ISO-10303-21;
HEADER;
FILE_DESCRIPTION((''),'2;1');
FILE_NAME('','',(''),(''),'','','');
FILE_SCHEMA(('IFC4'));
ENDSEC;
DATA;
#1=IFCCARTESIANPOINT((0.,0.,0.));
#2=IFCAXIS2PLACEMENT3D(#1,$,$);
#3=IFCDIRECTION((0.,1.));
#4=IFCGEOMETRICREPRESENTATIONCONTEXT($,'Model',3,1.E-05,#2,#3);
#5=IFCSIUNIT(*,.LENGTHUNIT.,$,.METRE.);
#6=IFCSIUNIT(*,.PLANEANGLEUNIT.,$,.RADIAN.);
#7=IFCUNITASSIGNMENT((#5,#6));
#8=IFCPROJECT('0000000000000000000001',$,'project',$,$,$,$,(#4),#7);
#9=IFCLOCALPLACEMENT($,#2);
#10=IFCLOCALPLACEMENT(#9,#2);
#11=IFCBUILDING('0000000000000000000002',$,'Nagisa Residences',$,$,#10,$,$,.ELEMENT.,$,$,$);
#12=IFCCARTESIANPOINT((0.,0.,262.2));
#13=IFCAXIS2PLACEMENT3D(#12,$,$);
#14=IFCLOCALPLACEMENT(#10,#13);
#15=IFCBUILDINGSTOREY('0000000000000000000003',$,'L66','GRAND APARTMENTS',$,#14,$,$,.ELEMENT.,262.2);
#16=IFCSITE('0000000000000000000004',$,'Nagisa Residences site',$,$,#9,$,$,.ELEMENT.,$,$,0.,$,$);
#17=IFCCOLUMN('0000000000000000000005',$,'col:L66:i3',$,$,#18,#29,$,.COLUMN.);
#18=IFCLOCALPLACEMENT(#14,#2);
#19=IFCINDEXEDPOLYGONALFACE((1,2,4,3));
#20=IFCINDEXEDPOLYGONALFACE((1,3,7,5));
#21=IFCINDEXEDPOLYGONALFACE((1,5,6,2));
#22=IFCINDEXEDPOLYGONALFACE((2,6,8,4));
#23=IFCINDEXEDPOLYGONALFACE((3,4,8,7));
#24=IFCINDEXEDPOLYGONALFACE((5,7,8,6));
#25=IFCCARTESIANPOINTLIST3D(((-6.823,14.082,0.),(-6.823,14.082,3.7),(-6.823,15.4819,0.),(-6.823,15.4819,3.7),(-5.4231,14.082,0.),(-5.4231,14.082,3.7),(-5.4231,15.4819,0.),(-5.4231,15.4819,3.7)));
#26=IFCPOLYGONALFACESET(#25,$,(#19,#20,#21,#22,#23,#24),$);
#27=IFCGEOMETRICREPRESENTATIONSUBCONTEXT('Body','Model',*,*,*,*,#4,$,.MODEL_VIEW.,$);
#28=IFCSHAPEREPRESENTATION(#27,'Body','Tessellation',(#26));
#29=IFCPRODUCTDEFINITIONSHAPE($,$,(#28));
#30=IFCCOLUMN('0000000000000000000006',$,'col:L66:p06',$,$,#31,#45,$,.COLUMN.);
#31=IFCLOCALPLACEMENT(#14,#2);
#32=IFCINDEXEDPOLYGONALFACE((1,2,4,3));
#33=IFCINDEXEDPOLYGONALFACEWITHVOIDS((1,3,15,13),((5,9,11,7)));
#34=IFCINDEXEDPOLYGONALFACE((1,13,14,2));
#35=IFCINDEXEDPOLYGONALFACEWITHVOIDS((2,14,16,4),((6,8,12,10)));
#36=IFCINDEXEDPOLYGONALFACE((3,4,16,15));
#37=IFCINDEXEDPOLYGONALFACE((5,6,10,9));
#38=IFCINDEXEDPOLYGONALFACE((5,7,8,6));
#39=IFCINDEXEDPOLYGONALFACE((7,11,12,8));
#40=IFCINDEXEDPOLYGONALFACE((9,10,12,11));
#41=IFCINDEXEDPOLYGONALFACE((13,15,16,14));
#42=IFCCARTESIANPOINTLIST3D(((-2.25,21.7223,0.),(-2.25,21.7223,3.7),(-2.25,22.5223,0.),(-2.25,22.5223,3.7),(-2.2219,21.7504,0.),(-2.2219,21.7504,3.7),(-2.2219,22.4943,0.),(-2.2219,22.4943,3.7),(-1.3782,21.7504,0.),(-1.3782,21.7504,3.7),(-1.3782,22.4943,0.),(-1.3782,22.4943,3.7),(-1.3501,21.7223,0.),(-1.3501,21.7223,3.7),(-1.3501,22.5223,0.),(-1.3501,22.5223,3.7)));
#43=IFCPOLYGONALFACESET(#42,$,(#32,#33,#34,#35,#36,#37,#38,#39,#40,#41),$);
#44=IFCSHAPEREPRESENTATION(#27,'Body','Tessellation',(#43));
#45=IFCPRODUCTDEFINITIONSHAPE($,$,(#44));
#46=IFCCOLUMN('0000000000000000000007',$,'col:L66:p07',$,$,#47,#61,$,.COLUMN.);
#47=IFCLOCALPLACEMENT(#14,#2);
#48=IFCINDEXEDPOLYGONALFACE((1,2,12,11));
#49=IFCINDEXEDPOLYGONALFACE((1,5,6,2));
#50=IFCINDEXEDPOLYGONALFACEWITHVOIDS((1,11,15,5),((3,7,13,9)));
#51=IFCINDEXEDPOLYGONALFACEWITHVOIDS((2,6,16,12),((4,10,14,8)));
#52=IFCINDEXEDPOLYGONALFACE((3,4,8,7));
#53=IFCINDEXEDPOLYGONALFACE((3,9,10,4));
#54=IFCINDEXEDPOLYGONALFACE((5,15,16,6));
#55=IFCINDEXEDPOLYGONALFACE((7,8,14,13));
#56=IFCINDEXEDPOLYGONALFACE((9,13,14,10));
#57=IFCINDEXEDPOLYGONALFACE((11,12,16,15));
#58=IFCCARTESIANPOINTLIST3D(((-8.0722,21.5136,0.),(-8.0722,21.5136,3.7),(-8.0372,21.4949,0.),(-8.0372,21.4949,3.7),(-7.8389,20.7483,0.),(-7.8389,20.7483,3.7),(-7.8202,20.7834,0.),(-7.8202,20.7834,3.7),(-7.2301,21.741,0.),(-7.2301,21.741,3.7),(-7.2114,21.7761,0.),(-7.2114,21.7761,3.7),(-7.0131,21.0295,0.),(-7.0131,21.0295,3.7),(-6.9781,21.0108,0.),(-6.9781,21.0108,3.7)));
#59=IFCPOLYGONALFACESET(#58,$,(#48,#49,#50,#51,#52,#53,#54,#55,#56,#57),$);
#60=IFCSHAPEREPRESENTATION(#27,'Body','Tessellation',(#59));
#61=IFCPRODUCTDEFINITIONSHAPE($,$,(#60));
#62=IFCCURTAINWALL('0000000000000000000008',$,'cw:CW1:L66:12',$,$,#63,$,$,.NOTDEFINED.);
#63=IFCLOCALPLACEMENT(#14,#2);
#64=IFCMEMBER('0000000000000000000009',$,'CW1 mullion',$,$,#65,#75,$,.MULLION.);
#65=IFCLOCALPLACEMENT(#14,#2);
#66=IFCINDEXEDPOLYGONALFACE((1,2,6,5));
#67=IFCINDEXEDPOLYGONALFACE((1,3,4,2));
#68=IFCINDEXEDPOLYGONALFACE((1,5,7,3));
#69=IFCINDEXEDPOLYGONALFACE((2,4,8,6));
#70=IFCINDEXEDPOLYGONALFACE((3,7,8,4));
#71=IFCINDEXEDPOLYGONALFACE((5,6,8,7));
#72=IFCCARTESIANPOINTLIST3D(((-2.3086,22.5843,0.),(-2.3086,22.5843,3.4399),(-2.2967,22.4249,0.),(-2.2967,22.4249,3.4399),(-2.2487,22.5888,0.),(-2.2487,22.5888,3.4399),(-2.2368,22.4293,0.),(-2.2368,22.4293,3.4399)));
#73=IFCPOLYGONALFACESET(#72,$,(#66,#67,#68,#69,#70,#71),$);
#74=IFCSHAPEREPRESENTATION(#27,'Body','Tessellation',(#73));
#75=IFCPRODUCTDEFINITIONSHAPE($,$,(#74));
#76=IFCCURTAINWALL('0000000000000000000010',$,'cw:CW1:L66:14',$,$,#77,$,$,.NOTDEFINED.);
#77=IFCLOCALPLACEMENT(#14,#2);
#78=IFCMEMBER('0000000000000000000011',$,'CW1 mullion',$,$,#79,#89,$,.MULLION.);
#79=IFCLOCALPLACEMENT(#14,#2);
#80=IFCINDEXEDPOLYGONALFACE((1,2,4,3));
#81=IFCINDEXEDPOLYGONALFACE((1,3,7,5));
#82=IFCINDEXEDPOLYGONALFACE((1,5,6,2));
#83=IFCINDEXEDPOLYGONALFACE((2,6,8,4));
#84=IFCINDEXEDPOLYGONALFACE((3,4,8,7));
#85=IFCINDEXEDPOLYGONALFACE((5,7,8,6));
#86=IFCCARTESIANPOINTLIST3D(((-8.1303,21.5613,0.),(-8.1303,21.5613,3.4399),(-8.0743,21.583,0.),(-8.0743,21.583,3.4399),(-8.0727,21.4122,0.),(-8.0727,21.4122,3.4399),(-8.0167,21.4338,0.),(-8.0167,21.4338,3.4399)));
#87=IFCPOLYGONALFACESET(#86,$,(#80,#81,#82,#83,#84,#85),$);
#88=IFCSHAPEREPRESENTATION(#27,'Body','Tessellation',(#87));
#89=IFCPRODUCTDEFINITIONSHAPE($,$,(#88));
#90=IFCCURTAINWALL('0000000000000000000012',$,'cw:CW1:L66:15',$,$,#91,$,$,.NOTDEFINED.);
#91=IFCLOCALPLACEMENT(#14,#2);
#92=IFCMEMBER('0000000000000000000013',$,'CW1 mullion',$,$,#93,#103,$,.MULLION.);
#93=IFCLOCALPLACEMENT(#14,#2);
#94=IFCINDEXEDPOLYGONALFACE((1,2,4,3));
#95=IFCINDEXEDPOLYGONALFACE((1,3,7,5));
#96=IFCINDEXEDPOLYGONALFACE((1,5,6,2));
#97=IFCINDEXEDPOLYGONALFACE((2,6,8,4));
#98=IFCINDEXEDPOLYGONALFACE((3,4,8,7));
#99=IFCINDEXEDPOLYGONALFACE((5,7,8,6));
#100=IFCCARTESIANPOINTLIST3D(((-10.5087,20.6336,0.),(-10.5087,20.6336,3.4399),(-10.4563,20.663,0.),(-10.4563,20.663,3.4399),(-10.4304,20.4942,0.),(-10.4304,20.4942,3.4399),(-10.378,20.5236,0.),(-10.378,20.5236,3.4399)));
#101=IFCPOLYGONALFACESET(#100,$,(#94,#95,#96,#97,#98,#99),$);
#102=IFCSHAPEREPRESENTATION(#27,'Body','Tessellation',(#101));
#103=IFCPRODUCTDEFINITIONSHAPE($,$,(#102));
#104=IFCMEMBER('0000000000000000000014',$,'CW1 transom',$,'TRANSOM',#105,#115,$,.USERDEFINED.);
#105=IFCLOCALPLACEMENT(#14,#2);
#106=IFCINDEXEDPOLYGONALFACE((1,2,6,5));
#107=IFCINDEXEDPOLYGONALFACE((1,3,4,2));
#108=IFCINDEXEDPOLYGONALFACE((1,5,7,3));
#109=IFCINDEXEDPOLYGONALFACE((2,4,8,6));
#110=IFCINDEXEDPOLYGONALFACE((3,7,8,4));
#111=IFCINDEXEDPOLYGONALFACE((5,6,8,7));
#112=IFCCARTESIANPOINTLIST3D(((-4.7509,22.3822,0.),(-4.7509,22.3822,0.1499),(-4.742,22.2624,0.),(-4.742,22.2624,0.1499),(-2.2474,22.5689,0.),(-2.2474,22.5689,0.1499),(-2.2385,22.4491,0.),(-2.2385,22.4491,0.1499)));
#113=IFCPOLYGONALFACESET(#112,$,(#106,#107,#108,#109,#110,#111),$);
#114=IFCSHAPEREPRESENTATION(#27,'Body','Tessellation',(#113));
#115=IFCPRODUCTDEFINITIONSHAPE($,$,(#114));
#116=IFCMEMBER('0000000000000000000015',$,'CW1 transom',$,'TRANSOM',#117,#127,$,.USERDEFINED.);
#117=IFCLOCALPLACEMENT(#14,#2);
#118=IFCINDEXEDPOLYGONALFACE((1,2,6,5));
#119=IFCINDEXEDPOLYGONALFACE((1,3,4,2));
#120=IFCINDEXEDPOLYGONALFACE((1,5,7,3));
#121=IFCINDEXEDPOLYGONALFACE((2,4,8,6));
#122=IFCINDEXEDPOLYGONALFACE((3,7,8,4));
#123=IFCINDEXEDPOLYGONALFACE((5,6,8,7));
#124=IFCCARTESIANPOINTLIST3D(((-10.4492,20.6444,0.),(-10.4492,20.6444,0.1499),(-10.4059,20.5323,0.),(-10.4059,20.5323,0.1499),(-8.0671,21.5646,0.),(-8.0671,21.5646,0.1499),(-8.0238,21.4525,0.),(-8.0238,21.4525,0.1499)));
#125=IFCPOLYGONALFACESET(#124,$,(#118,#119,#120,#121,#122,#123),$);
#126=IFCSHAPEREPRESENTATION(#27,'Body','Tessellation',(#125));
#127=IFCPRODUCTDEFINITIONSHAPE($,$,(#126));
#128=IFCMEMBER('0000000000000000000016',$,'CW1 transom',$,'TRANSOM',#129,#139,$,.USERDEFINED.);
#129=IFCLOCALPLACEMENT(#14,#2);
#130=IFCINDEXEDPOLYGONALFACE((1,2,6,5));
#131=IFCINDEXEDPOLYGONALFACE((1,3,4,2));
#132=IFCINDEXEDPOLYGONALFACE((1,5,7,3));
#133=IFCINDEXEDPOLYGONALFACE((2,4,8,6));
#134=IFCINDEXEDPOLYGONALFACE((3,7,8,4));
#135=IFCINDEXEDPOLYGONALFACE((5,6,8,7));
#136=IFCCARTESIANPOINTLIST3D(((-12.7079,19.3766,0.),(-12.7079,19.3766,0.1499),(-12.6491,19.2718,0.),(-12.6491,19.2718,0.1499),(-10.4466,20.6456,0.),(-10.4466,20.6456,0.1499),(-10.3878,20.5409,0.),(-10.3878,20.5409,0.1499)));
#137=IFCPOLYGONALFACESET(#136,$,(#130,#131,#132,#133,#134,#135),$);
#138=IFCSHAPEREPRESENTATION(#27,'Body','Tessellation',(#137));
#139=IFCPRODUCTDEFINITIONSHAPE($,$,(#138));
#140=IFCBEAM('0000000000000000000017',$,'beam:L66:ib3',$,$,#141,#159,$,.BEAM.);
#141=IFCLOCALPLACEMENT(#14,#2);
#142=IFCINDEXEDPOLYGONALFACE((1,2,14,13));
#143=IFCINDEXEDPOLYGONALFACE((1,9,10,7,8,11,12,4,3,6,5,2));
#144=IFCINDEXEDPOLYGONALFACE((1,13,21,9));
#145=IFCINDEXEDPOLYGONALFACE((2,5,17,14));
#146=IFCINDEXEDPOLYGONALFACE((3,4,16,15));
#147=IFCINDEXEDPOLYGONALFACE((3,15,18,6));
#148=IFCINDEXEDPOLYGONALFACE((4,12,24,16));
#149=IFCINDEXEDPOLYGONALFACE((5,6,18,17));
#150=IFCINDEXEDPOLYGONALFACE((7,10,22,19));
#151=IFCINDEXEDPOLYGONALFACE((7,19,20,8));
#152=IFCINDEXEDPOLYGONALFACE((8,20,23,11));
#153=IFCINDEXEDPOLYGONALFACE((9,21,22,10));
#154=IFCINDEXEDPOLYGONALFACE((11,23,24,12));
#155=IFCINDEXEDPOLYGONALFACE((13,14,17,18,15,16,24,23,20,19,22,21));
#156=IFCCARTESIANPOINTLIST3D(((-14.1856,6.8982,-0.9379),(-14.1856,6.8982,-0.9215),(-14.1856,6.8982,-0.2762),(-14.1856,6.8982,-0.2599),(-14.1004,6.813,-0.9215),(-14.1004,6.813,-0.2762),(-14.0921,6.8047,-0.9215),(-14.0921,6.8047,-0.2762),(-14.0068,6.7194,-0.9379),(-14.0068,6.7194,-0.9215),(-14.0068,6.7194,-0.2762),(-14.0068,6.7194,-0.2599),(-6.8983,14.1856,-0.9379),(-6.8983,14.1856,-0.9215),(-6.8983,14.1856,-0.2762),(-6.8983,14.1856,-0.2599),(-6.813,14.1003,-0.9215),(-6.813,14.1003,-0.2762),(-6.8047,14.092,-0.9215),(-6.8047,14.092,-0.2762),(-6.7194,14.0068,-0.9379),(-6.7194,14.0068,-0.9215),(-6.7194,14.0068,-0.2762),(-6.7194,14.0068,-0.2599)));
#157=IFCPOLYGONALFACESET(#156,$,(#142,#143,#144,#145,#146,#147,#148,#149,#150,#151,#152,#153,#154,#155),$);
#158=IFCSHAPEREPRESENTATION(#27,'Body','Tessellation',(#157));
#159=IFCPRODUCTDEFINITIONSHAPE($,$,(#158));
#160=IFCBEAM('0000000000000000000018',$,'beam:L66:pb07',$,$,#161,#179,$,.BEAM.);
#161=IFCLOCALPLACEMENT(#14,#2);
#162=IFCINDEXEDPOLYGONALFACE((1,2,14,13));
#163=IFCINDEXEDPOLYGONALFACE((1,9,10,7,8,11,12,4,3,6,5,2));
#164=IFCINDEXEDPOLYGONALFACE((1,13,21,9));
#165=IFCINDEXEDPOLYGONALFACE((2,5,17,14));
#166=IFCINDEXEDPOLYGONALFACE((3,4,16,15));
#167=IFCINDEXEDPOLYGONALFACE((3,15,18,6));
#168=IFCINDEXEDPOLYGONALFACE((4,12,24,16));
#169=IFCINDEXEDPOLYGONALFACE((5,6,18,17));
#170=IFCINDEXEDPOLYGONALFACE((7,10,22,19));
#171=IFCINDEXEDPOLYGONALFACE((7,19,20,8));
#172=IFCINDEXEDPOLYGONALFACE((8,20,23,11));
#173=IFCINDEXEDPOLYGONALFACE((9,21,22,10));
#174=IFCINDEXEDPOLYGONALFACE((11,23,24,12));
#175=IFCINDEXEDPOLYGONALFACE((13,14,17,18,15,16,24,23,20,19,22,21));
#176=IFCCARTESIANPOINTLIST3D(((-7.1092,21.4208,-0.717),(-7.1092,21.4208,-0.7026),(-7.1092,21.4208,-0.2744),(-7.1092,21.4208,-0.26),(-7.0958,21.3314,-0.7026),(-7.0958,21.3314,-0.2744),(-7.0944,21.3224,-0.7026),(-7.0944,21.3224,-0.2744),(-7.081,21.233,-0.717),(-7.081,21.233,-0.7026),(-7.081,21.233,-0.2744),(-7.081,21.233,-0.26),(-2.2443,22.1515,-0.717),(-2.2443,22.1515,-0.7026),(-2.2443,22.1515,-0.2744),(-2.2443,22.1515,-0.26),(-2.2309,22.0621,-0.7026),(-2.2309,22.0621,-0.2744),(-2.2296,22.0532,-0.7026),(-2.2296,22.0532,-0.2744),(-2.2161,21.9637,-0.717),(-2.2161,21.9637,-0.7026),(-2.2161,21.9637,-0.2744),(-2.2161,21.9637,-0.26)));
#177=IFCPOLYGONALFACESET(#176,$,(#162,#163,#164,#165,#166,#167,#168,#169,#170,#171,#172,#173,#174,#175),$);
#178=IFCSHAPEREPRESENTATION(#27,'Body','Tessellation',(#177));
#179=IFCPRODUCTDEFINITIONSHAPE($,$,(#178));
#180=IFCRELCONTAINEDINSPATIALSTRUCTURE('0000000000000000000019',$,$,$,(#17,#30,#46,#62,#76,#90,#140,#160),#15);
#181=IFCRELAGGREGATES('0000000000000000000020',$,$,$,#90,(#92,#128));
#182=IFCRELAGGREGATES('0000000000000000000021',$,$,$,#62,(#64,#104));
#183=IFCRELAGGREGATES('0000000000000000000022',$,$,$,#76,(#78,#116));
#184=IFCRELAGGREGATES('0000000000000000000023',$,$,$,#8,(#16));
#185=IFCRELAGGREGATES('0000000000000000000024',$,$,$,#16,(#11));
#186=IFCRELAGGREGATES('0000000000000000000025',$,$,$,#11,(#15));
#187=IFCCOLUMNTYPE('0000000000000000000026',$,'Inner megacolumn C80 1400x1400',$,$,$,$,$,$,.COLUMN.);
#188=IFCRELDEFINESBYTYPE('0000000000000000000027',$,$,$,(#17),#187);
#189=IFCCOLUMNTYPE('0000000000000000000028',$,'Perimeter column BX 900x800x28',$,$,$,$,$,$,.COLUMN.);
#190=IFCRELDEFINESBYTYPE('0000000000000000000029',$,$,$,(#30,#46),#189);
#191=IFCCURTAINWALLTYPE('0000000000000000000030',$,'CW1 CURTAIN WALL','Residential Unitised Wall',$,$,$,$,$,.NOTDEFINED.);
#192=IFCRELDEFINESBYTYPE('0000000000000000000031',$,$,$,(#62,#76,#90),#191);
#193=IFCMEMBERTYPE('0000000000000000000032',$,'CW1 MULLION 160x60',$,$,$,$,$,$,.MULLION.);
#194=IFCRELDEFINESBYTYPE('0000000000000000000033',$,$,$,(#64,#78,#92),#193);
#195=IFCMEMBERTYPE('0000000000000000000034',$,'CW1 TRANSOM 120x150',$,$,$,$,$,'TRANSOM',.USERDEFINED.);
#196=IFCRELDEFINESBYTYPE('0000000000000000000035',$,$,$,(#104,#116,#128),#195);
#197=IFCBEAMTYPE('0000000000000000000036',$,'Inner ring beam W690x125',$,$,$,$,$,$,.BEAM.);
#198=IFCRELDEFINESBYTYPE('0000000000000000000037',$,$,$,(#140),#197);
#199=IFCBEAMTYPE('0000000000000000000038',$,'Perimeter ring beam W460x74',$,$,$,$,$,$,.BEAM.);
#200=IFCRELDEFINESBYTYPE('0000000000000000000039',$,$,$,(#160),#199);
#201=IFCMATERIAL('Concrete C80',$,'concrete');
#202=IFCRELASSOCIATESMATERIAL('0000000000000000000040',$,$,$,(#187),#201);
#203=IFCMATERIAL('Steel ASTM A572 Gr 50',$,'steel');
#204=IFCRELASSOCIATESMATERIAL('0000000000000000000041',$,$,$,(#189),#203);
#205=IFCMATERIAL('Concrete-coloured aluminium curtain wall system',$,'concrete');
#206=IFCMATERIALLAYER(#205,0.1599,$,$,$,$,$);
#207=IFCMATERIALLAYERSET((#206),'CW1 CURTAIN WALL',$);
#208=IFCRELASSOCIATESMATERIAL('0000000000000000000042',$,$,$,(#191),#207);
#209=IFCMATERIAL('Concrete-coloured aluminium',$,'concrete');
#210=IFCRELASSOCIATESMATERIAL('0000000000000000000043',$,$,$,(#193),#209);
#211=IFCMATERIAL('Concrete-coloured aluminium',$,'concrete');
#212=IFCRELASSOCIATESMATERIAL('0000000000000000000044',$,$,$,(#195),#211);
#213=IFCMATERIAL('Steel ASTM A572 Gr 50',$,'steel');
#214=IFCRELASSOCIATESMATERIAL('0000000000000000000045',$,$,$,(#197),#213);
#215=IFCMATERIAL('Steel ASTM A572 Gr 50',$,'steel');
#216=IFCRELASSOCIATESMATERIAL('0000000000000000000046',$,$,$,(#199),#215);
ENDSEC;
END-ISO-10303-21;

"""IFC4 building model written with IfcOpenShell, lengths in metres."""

from ifc_helpers import new_model, si_unit, direction, frame, origin, origin_2d, place, context, subcontext, project, spatial, rectangle, hollow_rectangle, i_section, extrude, material, layer, layer_set, material_profile, profile_set, type_object, element, aggregate, save


model = new_model("IFC4")

# Units and contexts
model_context = context("Model", 3, precision=1e-05, world=origin(), true_north=direction((0.0, 1.0)))
body_context = subcontext(model_context, "Body", "Model", "MODEL_VIEW")
ifc_project = project(units=[si_unit("LENGTHUNIT", "METRE"), si_unit("PLANEANGLEUNIT", "RADIAN")], contexts=[model_context])

# Site, building, storey
site_placement = place(None, origin())
site = spatial("IfcSite", under=ifc_project, at=site_placement, Name="Nagisa Residences site", CompositionType="ELEMENT", RefElevation=0.0)
building_placement = place(site_placement, origin())
building = spatial("IfcBuilding", under=site, at=building_placement, Name="Nagisa Residences", CompositionType="ELEMENT")
storey_placement = place(building_placement, frame((0.0, 0.0, 262.2)))
storey = spatial("IfcBuildingStorey", under=building, at=storey_placement, Name="L66", Description="GRAND APARTMENTS", CompositionType="ELEMENT", Elevation=262.2)

# Columns
ifc_material_1 = material(Name="Concrete C80", Category="concrete")
ifc_material_profile_1 = material_profile(ifc_material_1, rectangle(XDim=1.3999, YDim=1.3999, at=origin_2d()), Name="C80 1400x1400")
ifc_profile_set_1 = profile_set([ifc_material_profile_1], Name="Concrete C80")
column_type_1 = type_object("IfcColumnType", Name="Inner megacolumn C80 1400x1400", PredefinedType="COLUMN", material=ifc_profile_set_1)
column_placement = place(storey_placement, frame((-6.123, 14.782, 0.0), z_axis=(0.0, 0.0, 1.0), x_axis=(1.0, 0.0, 0.0)))
element("IfcColumn", 1, at=column_placement, inside=storey, type_object=column_type_1, Name="col:L66:i3", PredefinedType="COLUMN", context=body_context, shape_type="SweptSolid", body=[
    extrude(rectangle(XDim=1.3999, YDim=1.3999, at=origin_2d()), origin(), (0.0, 0.0, 1.0), 3.7),
])
ifc_material_2 = material(Name="Steel ASTM A572 Gr 50", Category="steel")
ifc_material_profile_2 = material_profile(ifc_material_2, hollow_rectangle(XDim=0.8999, YDim=0.8, WallThickness=0.0281, at=origin_2d()), Name="BX 900x800x28")
ifc_profile_set_2 = profile_set([ifc_material_profile_2], Name="Steel ASTM A572 Gr 50")
column_type_2 = type_object("IfcColumnType", Name="Perimeter column BX 900x800x28", PredefinedType="COLUMN", material=ifc_profile_set_2)
for number, where, z_axis, x_axis, name in (
    (2, (-1.8, 22.1223, 0.0), (0.0, 0.0, 1.0), (-1.0, 0.0, 0.0), "col:L66:p06"),
    (3, (-7.5251, 21.2622, 0.0), (0.0, 0.0, 1.0), (-0.956525, -0.291652, 0.0), "col:L66:p07"),
):
    element("IfcColumn", number, at=place(storey_placement, frame(where, z_axis=z_axis, x_axis=x_axis)), inside=storey, type_object=column_type_2, Name=name, PredefinedType="COLUMN", context=body_context, shape_type="SweptSolid", body=[
        extrude(hollow_rectangle(XDim=0.8999, YDim=0.8, WallThickness=0.0281, at=origin_2d()), origin(), (0.0, 0.0, 1.0), 3.7),
    ])

# Curtain walls, members
ifc_material_3 = material(Name="Concrete-coloured aluminium curtain wall system", Category="concrete")
ifc_layer_1 = layer(ifc_material_3, 0.1599)
ifc_layer_set_1 = layer_set([ifc_layer_1], Name="CW1 CURTAIN WALL")
curtain_wall_type = type_object("IfcCurtainWallType", Name="CW1 CURTAIN WALL", Description="Residential Unitised Wall", PredefinedType="NOTDEFINED", material=ifc_layer_set_1)
curtain_wall_1_placement = place(storey_placement, origin())
curtain_wall_1 = element("IfcCurtainWall", 4, at=curtain_wall_1_placement, inside=storey, type_object=curtain_wall_type, Name="cw:CW1:L66:12", PredefinedType="NOTDEFINED")
ifc_material_4 = material(Name="Concrete-coloured aluminium", Category="concrete")
ifc_material_profile_3 = material_profile(ifc_material_4, rectangle(XDim=0.1599, YDim=0.0601, at=origin_2d()), Name="CW1 MULLION 160x60")
ifc_profile_set_3 = profile_set([ifc_material_profile_3], Name="Concrete-coloured aluminium")
member_type_1 = type_object("IfcMemberType", Name="CW1 MULLION 160x60", PredefinedType="MULLION", material=ifc_profile_set_3)
member_1_placement = place(storey_placement, frame((-2.2727, 22.5068, 0.0), z_axis=(0.0, 0.0, 1.0), x_axis=(0.074377, -0.99723, 0.0)))
member_1 = element("IfcMember", 5, at=member_1_placement, type_object=member_type_1, Name="CW1 mullion", PredefinedType="MULLION", context=body_context, shape_type="SweptSolid", body=[
    extrude(rectangle(XDim=0.1599, YDim=0.0601, at=origin_2d()), origin(), (0.0, 0.0, 1.0), 3.4399),
])
curtain_wall_2_placement = place(storey_placement, origin())
curtain_wall_2 = element("IfcCurtainWall", 6, at=curtain_wall_2_placement, inside=storey, type_object=curtain_wall_type, Name="cw:CW1:L66:14", PredefinedType="NOTDEFINED")
member_2_placement = place(storey_placement, frame((-8.0735, 21.4976, 0.0), z_axis=(0.0, 0.0, 1.0), x_axis=(0.360328, -0.932826, 0.0)))
member_2 = element("IfcMember", 7, at=member_2_placement, type_object=member_type_1, Name="CW1 mullion", PredefinedType="MULLION", context=body_context, shape_type="SweptSolid", body=[
    extrude(rectangle(XDim=0.1599, YDim=0.0601, at=origin_2d()), origin(), (0.0, 0.0, 1.0), 3.4399),
])
curtain_wall_3_placement = place(storey_placement, origin())
curtain_wall_3 = element("IfcCurtainWall", 8, at=curtain_wall_3_placement, inside=storey, type_object=curtain_wall_type, Name="cw:CW1:L66:15", PredefinedType="NOTDEFINED")
member_3_placement = place(storey_placement, frame((-10.4434, 20.5786, 0.0), z_axis=(0.0, 0.0, 1.0), x_axis=(0.489377, -0.872072, 0.0)))
member_3 = element("IfcMember", 9, at=member_3_placement, type_object=member_type_1, Name="CW1 mullion", PredefinedType="MULLION", context=body_context, shape_type="SweptSolid", body=[
    extrude(rectangle(XDim=0.1599, YDim=0.0601, at=origin_2d()), origin(), (0.0, 0.0, 1.0), 3.4399),
])

# Members
ifc_material_5 = material(Name="Concrete-coloured aluminium", Category="concrete")
ifc_material_profile_4 = material_profile(ifc_material_5, rectangle(XDim=0.1201, YDim=0.1499, at=origin_2d()), Name="CW1 TRANSOM 120x150")
ifc_profile_set_4 = profile_set([ifc_material_profile_4], Name="Concrete-coloured aluminium")
member_type_2 = type_object("IfcMemberType", Name="CW1 TRANSOM 120x150", ElementType="TRANSOM", PredefinedType="USERDEFINED", material=ifc_profile_set_4)
member_4_placement = place(storey_placement, frame((-2.2429, 22.509, 0.075), z_axis=(-0.997229, -0.074391, 0.0), x_axis=(0.074391, -0.997229, 0.0)))
member_4 = element("IfcMember", 10, at=member_4_placement, type_object=member_type_2, Name="CW1 transom", ObjectType="TRANSOM", PredefinedType="USERDEFINED", context=body_context, shape_type="SweptSolid", body=[
    extrude(rectangle(XDim=0.1201, YDim=0.1499, at=origin_2d()), origin(), (0.0, 0.0, 1.0), 2.5105),
])
member_5_placement = place(storey_placement, frame((-8.0454, 21.5085, 0.075), z_axis=(-0.932822, -0.360337, 0.0), x_axis=(0.360337, -0.932822, 0.0)))
member_5 = element("IfcMember", 11, at=member_5_placement, type_object=member_type_2, Name="CW1 transom", ObjectType="TRANSOM", PredefinedType="USERDEFINED", context=body_context, shape_type="SweptSolid", body=[
    extrude(rectangle(XDim=0.1201, YDim=0.1499, at=origin_2d()), origin(), (0.0, 0.0, 1.0), 2.5537),
])
member_6_placement = place(storey_placement, frame((-10.4172, 20.5933, 0.075), z_axis=(-0.872053, -0.489412, 0.0), x_axis=(0.489412, -0.872053, 0.0)))
member_6 = element("IfcMember", 12, at=member_6_placement, type_object=member_type_2, Name="CW1 transom", ObjectType="TRANSOM", PredefinedType="USERDEFINED", context=body_context, shape_type="SweptSolid", body=[
    extrude(rectangle(XDim=0.1201, YDim=0.1499, at=origin_2d()), origin(), (0.0, 0.0, 1.0), 2.593),
])
aggregate(curtain_wall_3, [member_3, member_6])

# Beams
ifc_material_6 = material(Name="Steel ASTM A572 Gr 50", Category="steel")
ifc_material_profile_5 = material_profile(ifc_material_6, i_section(OverallWidth=0.2529, OverallDepth=0.678, WebThickness=0.0117, FlangeThickness=0.0164, at=origin_2d()), Name="W690x125")
ifc_profile_set_5 = profile_set([ifc_material_profile_5], Name="Steel ASTM A572 Gr 50")
beam_type_1 = type_object("IfcBeamType", Name="Inner ring beam W690x125", PredefinedType="BEAM", material=ifc_profile_set_5)
beam_1_placement = place(storey_placement, frame((-6.8088, 14.0962, -0.5989), z_axis=(-0.707107, -0.707107, 0.0), x_axis=(0.707107, -0.707107, 0.0)))
element("IfcBeam", 13, at=beam_1_placement, inside=storey, type_object=beam_type_1, Name="beam:L66:ib3", PredefinedType="BEAM", context=body_context, shape_type="SweptSolid", body=[
    extrude(i_section(OverallWidth=0.2529, OverallDepth=0.678, WebThickness=0.0117, FlangeThickness=0.0164, at=origin_2d()), origin(), (0.0, 0.0, 1.0), 10.3059),
])
ifc_material_7 = material(Name="Steel ASTM A572 Gr 50", Category="steel")
ifc_material_profile_6 = material_profile(ifc_material_7, i_section(OverallWidth=0.1899, OverallDepth=0.457, WebThickness=0.009, FlangeThickness=0.0144, at=origin_2d()), Name="W460x74")
ifc_profile_set_6 = profile_set([ifc_material_profile_6], Name="Steel ASTM A572 Gr 50")
beam_type_2 = type_object("IfcBeamType", Name="Perimeter ring beam W460x74", PredefinedType="BEAM", material=ifc_profile_set_6)
beam_2_placement = place(storey_placement, frame((-2.2302, 22.0576, -0.4885), z_axis=(-0.988906, -0.148539, 0.0), x_axis=(0.148539, -0.988906, 0.0)))
element("IfcBeam", 14, at=beam_2_placement, inside=storey, type_object=beam_type_2, Name="beam:L66:pb07", PredefinedType="BEAM", context=body_context, shape_type="SweptSolid", body=[
    extrude(i_section(OverallWidth=0.1899, OverallDepth=0.457, WebThickness=0.009, FlangeThickness=0.0144, at=origin_2d()), origin(), (0.0, 0.0, 1.0), 4.9194),
])

aggregate(curtain_wall_1, [member_1, member_4])
aggregate(curtain_wall_2, [member_2, member_5])

save(model, "model.ifc")
